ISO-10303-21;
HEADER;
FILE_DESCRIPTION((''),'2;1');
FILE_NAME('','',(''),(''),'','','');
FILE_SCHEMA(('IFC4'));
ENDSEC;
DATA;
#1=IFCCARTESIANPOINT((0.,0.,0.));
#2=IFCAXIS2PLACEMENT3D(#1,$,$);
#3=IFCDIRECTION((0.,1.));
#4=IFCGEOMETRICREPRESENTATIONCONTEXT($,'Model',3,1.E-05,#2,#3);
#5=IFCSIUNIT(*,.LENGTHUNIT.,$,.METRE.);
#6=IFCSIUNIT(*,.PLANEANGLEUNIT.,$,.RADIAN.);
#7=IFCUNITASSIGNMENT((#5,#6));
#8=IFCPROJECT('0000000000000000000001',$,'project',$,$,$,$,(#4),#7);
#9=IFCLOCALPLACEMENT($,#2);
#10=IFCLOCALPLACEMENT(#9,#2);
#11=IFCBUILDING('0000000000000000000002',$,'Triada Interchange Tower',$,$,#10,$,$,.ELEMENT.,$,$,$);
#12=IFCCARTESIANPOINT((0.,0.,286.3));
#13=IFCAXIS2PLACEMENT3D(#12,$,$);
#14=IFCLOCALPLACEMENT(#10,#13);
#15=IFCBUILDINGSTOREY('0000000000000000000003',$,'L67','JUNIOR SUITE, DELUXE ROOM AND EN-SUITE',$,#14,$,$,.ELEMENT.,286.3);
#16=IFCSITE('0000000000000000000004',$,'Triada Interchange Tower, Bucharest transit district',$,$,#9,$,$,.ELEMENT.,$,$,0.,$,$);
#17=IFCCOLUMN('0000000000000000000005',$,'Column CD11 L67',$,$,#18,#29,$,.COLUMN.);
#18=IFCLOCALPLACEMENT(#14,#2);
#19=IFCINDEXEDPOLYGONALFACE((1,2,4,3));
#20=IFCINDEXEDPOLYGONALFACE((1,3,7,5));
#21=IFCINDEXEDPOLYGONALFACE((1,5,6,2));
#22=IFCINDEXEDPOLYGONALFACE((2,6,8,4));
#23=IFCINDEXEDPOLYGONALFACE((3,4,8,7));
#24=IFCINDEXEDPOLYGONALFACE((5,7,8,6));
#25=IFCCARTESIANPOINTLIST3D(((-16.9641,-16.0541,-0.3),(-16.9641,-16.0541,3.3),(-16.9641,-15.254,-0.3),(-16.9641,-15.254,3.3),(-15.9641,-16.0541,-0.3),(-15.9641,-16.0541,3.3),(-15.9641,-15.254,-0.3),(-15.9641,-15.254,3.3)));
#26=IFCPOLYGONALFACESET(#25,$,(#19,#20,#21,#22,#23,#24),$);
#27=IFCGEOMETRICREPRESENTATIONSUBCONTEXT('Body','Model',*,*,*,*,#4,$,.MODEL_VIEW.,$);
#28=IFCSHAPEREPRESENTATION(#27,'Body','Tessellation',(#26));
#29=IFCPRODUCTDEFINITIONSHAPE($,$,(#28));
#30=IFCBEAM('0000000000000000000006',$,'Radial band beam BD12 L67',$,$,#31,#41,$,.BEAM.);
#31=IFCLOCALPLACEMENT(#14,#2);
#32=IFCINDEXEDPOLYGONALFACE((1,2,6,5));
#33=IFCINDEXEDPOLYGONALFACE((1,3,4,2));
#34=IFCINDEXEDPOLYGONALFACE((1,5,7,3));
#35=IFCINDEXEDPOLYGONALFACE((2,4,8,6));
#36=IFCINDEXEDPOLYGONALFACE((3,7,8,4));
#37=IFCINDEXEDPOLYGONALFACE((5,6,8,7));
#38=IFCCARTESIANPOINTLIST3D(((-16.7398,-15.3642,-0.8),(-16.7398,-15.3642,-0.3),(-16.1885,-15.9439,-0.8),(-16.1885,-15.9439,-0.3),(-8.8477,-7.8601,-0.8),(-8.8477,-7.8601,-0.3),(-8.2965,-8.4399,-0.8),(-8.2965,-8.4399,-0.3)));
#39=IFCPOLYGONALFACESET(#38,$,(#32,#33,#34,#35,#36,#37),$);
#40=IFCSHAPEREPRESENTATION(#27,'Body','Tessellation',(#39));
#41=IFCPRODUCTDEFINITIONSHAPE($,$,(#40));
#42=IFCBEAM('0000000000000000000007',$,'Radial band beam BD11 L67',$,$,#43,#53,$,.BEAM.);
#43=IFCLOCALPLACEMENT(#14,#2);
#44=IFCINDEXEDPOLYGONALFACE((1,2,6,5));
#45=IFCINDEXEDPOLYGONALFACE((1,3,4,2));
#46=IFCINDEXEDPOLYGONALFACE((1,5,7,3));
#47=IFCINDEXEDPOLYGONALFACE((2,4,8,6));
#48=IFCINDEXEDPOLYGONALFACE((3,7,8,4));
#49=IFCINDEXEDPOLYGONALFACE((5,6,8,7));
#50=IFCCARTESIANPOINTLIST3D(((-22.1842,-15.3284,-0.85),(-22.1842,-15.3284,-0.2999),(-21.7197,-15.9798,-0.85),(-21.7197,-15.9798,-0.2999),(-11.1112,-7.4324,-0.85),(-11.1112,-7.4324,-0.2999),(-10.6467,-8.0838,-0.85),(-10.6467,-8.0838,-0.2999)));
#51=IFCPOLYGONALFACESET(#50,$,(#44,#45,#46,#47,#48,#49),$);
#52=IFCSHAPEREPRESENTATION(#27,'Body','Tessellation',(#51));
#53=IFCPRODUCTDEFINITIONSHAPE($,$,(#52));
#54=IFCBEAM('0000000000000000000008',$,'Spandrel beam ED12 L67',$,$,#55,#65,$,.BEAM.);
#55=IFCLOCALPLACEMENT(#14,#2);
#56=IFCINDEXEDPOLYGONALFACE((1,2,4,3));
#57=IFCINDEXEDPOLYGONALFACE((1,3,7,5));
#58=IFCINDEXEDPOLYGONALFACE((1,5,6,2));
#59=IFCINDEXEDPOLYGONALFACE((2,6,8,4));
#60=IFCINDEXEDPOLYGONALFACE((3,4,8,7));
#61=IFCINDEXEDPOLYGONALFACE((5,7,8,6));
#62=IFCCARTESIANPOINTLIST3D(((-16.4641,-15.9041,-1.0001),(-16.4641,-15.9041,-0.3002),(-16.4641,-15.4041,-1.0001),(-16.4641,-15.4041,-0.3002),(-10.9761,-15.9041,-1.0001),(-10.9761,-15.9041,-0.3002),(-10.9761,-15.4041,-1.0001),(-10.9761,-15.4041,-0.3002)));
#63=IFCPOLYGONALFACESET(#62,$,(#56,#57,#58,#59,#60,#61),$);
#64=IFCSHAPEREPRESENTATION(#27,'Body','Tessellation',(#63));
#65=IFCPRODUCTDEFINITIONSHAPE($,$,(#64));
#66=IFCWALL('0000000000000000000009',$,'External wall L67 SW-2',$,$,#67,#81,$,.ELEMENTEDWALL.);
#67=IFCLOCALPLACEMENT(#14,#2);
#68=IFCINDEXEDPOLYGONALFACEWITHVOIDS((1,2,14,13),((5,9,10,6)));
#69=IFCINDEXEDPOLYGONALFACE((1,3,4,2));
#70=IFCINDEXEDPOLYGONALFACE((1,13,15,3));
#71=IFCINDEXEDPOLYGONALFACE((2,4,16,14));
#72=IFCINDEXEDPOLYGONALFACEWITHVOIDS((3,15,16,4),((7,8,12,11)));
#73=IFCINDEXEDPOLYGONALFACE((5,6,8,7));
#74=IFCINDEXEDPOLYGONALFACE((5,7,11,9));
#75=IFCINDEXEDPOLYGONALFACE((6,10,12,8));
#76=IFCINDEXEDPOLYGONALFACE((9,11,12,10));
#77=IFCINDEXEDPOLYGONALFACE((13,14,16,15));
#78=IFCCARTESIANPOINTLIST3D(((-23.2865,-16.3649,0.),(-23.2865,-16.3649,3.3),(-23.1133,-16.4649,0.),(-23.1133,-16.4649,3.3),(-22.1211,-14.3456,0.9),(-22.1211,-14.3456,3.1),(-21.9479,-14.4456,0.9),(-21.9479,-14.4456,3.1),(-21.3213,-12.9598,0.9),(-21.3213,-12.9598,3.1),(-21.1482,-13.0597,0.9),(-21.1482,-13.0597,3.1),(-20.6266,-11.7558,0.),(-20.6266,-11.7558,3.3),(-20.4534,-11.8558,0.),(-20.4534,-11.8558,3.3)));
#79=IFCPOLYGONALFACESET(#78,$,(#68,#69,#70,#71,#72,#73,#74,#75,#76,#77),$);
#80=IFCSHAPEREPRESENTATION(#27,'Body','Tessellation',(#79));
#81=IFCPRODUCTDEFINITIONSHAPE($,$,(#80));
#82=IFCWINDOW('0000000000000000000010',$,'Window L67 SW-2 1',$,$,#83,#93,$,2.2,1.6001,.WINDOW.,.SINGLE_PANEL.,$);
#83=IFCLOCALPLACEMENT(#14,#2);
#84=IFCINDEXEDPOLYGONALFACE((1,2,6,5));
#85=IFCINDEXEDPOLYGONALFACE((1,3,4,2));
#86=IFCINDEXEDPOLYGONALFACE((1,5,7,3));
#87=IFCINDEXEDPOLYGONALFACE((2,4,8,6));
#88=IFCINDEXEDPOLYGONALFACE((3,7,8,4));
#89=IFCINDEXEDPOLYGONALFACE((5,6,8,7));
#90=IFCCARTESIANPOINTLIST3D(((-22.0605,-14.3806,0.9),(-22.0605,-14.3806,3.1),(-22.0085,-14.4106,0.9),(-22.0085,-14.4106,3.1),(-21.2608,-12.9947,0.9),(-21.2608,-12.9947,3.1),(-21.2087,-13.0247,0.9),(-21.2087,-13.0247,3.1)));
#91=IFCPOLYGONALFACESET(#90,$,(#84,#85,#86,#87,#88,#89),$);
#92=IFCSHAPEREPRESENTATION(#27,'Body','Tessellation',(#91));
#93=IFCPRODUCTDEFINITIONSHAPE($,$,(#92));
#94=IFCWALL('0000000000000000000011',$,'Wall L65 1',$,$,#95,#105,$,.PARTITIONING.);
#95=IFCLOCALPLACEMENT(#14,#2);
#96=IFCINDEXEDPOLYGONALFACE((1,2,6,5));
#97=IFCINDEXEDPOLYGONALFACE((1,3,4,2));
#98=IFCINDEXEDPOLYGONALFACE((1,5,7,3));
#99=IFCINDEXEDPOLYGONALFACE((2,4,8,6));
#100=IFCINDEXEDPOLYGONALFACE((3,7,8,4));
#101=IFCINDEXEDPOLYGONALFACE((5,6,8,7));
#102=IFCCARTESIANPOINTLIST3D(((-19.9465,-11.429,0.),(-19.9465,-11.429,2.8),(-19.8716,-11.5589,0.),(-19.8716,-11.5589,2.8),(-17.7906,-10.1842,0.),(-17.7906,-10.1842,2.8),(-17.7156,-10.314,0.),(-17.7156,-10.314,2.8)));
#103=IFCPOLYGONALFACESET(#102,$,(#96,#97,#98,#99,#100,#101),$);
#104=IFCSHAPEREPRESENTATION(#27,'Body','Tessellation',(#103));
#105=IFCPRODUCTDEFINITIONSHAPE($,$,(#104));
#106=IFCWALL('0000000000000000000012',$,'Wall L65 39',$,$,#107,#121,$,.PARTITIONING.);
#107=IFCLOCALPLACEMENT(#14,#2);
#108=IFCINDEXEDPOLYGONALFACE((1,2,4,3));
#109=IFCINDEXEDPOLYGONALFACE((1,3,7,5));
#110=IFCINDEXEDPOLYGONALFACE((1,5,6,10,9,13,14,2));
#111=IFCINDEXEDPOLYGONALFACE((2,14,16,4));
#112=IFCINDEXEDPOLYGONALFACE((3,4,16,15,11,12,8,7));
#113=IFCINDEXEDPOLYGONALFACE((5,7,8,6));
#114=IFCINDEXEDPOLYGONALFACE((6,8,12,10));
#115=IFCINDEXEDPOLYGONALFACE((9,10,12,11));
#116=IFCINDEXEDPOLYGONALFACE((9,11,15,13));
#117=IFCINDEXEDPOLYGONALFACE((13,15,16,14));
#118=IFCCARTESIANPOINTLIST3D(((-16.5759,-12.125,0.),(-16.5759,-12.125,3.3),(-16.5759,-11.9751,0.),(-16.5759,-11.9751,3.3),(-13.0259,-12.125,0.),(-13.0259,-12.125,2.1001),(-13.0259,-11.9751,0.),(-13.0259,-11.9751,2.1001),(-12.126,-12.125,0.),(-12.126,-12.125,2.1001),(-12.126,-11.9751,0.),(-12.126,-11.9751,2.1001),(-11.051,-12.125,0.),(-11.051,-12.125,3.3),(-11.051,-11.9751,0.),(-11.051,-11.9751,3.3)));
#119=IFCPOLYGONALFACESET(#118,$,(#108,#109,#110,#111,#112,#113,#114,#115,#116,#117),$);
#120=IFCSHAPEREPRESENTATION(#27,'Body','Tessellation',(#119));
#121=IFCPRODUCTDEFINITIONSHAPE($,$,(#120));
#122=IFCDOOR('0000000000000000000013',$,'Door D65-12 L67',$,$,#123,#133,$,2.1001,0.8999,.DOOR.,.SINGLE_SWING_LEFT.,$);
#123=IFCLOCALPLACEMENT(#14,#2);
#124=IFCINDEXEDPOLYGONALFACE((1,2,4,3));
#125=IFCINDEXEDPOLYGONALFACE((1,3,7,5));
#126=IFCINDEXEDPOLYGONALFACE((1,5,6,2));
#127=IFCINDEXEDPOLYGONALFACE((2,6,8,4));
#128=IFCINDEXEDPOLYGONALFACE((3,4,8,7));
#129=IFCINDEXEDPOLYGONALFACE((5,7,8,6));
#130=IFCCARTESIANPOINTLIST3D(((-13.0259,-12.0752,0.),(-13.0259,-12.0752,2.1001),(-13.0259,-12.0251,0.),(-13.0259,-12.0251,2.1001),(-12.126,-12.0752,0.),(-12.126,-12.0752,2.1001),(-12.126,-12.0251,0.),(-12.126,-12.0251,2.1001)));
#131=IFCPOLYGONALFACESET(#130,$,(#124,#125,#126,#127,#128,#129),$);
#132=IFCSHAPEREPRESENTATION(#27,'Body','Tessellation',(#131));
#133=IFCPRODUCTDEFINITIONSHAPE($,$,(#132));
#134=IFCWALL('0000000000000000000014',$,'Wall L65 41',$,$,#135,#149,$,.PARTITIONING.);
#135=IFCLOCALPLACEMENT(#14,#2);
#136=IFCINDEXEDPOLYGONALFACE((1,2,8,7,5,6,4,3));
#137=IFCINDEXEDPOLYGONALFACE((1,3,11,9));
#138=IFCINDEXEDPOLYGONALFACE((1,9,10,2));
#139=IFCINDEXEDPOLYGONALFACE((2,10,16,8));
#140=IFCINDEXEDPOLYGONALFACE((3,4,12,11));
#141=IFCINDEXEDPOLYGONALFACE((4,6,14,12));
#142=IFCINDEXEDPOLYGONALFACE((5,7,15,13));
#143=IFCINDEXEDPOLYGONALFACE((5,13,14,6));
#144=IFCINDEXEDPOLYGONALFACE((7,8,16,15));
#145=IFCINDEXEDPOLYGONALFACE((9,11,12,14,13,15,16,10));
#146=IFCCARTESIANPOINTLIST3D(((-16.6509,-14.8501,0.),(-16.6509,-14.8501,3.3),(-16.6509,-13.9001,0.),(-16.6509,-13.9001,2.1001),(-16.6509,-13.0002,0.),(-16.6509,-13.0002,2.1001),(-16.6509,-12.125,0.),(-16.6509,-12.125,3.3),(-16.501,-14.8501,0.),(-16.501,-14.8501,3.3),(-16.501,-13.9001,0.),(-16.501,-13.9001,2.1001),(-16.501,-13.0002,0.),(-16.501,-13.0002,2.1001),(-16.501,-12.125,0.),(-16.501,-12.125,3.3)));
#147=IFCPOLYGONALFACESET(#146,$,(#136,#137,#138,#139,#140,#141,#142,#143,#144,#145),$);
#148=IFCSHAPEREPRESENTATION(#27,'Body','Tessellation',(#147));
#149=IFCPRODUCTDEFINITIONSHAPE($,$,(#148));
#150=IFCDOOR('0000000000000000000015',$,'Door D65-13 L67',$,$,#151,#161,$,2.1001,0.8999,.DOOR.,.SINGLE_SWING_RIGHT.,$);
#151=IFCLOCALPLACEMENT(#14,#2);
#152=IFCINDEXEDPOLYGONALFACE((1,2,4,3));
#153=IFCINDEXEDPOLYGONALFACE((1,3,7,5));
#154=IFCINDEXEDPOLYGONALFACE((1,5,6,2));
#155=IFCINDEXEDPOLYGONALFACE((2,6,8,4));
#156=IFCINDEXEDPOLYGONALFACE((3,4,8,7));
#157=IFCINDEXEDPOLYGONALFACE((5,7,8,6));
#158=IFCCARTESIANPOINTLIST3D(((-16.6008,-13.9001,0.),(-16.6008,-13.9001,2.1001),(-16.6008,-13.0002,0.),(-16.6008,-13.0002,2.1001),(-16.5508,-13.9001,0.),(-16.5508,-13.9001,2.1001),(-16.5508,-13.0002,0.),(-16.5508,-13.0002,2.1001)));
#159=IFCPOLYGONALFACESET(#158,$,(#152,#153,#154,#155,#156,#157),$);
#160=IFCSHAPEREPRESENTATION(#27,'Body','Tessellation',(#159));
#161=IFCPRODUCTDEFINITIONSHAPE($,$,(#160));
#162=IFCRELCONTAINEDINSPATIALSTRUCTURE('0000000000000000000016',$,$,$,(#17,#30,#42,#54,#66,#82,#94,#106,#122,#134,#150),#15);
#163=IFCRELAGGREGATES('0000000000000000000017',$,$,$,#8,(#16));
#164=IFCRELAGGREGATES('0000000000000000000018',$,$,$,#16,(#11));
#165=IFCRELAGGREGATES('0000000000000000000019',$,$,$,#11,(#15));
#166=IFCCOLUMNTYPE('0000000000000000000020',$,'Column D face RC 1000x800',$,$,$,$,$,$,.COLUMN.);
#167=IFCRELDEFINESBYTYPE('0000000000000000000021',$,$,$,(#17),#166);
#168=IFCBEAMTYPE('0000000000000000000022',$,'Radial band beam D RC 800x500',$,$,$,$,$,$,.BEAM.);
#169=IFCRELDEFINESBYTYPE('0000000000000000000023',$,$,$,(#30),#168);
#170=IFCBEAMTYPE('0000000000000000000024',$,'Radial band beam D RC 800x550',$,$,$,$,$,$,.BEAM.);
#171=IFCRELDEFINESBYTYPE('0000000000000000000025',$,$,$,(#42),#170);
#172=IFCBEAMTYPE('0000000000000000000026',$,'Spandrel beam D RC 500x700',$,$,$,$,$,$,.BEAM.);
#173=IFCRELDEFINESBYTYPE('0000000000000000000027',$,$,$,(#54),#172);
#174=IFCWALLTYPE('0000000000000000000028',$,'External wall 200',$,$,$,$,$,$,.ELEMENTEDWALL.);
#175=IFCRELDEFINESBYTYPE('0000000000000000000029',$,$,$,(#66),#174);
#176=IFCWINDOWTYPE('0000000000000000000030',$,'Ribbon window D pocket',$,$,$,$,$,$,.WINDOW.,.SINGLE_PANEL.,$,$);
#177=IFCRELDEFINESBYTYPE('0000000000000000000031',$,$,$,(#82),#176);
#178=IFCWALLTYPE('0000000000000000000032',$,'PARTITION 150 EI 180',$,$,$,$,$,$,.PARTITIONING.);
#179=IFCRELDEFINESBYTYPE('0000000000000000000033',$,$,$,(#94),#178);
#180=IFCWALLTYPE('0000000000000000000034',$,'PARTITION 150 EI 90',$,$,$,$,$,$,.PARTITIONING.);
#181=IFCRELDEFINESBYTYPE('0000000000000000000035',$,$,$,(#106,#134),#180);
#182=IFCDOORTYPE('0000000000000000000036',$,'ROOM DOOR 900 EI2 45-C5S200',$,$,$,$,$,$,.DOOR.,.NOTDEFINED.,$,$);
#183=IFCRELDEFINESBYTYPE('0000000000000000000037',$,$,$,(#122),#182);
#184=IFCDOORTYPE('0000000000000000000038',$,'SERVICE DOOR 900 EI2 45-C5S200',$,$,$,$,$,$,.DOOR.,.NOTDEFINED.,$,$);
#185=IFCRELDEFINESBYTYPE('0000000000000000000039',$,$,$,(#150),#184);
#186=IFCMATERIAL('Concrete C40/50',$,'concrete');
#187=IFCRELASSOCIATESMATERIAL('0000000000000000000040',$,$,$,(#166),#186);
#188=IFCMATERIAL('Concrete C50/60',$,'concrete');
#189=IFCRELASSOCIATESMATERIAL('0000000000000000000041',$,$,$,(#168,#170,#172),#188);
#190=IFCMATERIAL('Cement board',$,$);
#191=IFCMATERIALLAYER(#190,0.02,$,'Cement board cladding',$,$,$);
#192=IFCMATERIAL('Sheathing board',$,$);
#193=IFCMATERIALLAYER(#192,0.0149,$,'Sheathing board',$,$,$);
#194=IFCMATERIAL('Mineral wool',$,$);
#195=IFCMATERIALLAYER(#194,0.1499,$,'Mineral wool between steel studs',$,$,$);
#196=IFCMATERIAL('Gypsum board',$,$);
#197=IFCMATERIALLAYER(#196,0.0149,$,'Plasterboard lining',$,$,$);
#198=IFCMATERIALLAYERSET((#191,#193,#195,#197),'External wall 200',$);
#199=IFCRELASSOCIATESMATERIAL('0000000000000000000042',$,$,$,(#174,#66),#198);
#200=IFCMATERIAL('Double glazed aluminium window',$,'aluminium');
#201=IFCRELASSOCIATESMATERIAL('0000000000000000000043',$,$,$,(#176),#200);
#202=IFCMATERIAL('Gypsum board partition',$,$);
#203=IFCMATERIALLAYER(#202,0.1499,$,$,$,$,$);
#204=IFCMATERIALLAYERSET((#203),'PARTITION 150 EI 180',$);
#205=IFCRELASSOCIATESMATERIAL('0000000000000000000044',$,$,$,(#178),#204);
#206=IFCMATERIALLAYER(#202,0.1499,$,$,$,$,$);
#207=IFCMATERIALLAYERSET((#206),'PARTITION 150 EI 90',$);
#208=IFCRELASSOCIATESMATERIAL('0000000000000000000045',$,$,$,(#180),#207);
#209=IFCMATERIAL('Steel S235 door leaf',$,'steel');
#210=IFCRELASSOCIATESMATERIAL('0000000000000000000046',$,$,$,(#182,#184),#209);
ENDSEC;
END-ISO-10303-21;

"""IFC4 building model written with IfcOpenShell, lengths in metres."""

from ifc_helpers import new_model, si_unit, direction, frame, frame_2d, origin, origin_2d, place, context, subcontext, project, spatial, rectangle, extrude, material, layer, layer_set, layer_usage, material_profile, profile_set, type_object, element, fill, save


model = new_model("IFC4")

# Units and contexts
model_context = context("Model", 3, precision=1e-05, world=origin(), true_north=direction((0.0, 1.0)))
body_context = subcontext(model_context, "Body", "Model", "MODEL_VIEW")
ifc_project = project(units=[si_unit("LENGTHUNIT", "METRE"), si_unit("PLANEANGLEUNIT", "RADIAN")], contexts=[model_context])

# Site, building, storey
site_placement = place(None, origin())
site = spatial("IfcSite", under=ifc_project, at=site_placement, Name="Triada Interchange Tower, Bucharest transit district", CompositionType="ELEMENT", RefElevation=0.0)
building_placement = place(site_placement, origin())
building = spatial("IfcBuilding", under=site, at=building_placement, Name="Triada Interchange Tower", CompositionType="ELEMENT")
storey_placement = place(building_placement, frame((0.0, 0.0, 286.3)))
storey = spatial("IfcBuildingStorey", under=building, at=storey_placement, Name="L67", Description="JUNIOR SUITE, DELUXE ROOM AND EN-SUITE", CompositionType="ELEMENT", Elevation=286.3)

# Column
ifc_material_1 = material(Name="Concrete C40/50", Category="concrete")
ifc_material_profile_1 = material_profile(ifc_material_1, rectangle(XDim=1.0, YDim=0.8, at=origin_2d()), Name="RC 1000x800")
ifc_profile_set_1 = profile_set([ifc_material_profile_1], Name="Concrete C40/50")
column_type = type_object("IfcColumnType", Name="Column D face RC 1000x800", PredefinedType="COLUMN", material=ifc_profile_set_1)
column_placement = place(storey_placement, frame((-16.4641, -15.6541, -0.3), z_axis=(0.0, 0.0, 1.0), x_axis=(1.0, 0.0, 0.0)))
element("IfcColumn", 1, at=column_placement, inside=storey, type_object=column_type, Name="Column CD11 L67", PredefinedType="COLUMN", context=body_context, shape_type="SweptSolid", body=[
    extrude(rectangle(XDim=1.0, YDim=0.8, at=origin_2d()), origin(), (0.0, 0.0, 1.0), 3.6001),
])

# Beams
ifc_material_2 = material(Name="Concrete C50/60", Category="concrete")
ifc_material_profile_2 = material_profile(ifc_material_2, rectangle(XDim=0.8, YDim=0.5, at=origin_2d()), Name="RC 800x500")
ifc_profile_set_2 = profile_set([ifc_material_profile_2], Name="Concrete C50/60")
beam_type_1 = type_object("IfcBeamType", Name="Radial band beam D RC 800x500", PredefinedType="BEAM", material=ifc_profile_set_2)
beam_1_placement = place(storey_placement, frame((-16.4641, -15.6541, -0.55), z_axis=(0.724694, 0.689071, 0.0), x_axis=(-0.689071, 0.724694, 0.0)))
element("IfcBeam", 2, at=beam_1_placement, inside=storey, type_object=beam_type_1, Name="Radial band beam BD12 L67", PredefinedType="BEAM", context=body_context, shape_type="SweptSolid", body=[
    extrude(rectangle(XDim=0.8, YDim=0.5, at=origin_2d()), origin(), (0.0, 0.0, 1.0), 10.8901),
])
ifc_material_profile_3 = material_profile(ifc_material_2, rectangle(XDim=0.8, YDim=0.55, at=origin_2d()), Name="RC 800x550")
ifc_profile_set_3 = profile_set([ifc_material_profile_3], Name="Concrete C50/60")
beam_type_2 = type_object("IfcBeamType", Name="Radial band beam D RC 800x550", PredefinedType="BEAM", material=ifc_profile_set_3)
beam_2_placement = place(storey_placement, frame((-21.9519, -15.6541, -0.575), z_axis=(0.814195, 0.580591, 0.0), x_axis=(-0.580591, 0.814195, 0.0)))
element("IfcBeam", 3, at=beam_2_placement, inside=storey, type_object=beam_type_2, Name="Radial band beam BD11 L67", PredefinedType="BEAM", context=body_context, shape_type="SweptSolid", body=[
    extrude(rectangle(XDim=0.8, YDim=0.55, at=origin_2d()), origin(), (0.0, 0.0, 1.0), 13.5999),
])
ifc_material_profile_4 = material_profile(ifc_material_2, rectangle(XDim=0.5, YDim=0.7, at=origin_2d()), Name="RC 500x700")
ifc_profile_set_4 = profile_set([ifc_material_profile_4], Name="Concrete C50/60")
beam_type_3 = type_object("IfcBeamType", Name="Spandrel beam D RC 500x700", PredefinedType="BEAM", material=ifc_profile_set_4)
beam_3_placement = place(storey_placement, frame((-16.4641, -15.6541, -0.6501), z_axis=(1.0, 0.0, 0.0), x_axis=(0.0, 1.0, 0.0)))
element("IfcBeam", 4, at=beam_3_placement, inside=storey, type_object=beam_type_3, Name="Spandrel beam ED12 L67", PredefinedType="BEAM", context=body_context, shape_type="SweptSolid", body=[
    extrude(rectangle(XDim=0.5, YDim=0.7, at=origin_2d()), origin(), (0.0, 0.0, 1.0), 5.488),
])

# Wall, opening, window
ifc_material_3 = material(Name="Cement board")
ifc_layer_1 = layer(ifc_material_3, 0.02, Name="Cement board cladding")
ifc_material_4 = material(Name="Sheathing board")
ifc_layer_2 = layer(ifc_material_4, 0.0149, Name="Sheathing board")
ifc_material_5 = material(Name="Mineral wool")
ifc_layer_3 = layer(ifc_material_5, 0.1499, Name="Mineral wool between steel studs")
ifc_material_6 = material(Name="Gypsum board")
ifc_layer_4 = layer(ifc_material_6, 0.0149, Name="Plasterboard lining")
ifc_layer_set_1 = layer_set([ifc_layer_1, ifc_layer_2, ifc_layer_3, ifc_layer_4], Name="External wall 200")
ifc_layer_usage = layer_usage(ifc_layer_set_1, "AXIS2", "POSITIVE", -0.1001)
wall_type_1 = type_object("IfcWallType", Name="External wall 200", PredefinedType="ELEMENTEDWALL", material=ifc_layer_set_1)
wall_1_placement = place(storey_placement, frame((-20.54, -11.8059, 0.0), z_axis=(0.0, 0.0, 1.0), x_axis=(-0.499835, -0.866121, 0.0)))
wall_1 = element("IfcWall", 5, at=wall_1_placement, inside=storey, type_object=wall_type_1, material=ifc_layer_usage, Name="External wall L67 SW-2", PredefinedType="ELEMENTEDWALL", context=body_context, shape_type="SweptSolid", body=[
    extrude(rectangle(XDim=5.3215, YDim=0.2, at=frame_2d((2.6606, 0.0))), origin(), (0.0, 0.0, 1.0), 3.3),
])
opening_1_placement = place(wall_1_placement, frame((1.3899, 0.0, 0.8999)))
opening_1 = element("IfcOpeningElement", 6, at=opening_1_placement, cuts=wall_1, PredefinedType="OPENING", context=body_context, shape_type="SweptSolid", body=[
    extrude(rectangle(XDim=1.6001, YDim=2.2, at=frame_2d((0.8, 1.1001))), frame((0.0, 0.1099, 0.0), z_axis=(0.0, -1.0, 0.0), x_axis=(1.0, 0.0, 0.0)), (0.0, 0.0, 1.0), 0.22),
])
ifc_material_7 = material(Name="Double glazed aluminium window", Category="aluminium")
window_type = type_object("IfcWindowType", Name="Ribbon window D pocket", PartitioningType="SINGLE_PANEL", PredefinedType="WINDOW", material=ifc_material_7)
window_placement = place(opening_1_placement, origin())
window = element("IfcWindow", 7, at=window_placement, inside=storey, type_object=window_type, Name="Window L67 SW-2 1", OverallHeight=2.2, OverallWidth=1.6001, PartitioningType="SINGLE_PANEL", PredefinedType="WINDOW", context=body_context, shape_type="SweptSolid", body=[
    extrude(rectangle(XDim=1.6001, YDim=2.2, at=frame_2d((0.8, 1.1001))), frame((0.0, 0.03, 0.0), z_axis=(0.0, -1.0, 0.0), x_axis=(1.0, 0.0, 0.0)), (0.0, 0.0, 1.0), 0.0601),
])
fill(opening_1, window)

# Wall
ifc_material_8 = material(Name="Gypsum board partition")
ifc_layer_5 = layer(ifc_material_8, 0.1499)
ifc_layer_set_2 = layer_set([ifc_layer_5], Name="PARTITION 150 EI 180")
wall_type_2 = type_object("IfcWallType", Name="PARTITION 150 EI 180", PredefinedType="PARTITIONING", material=ifc_layer_set_2)
wall_2_placement = place(storey_placement, frame((-19.9089, -11.4939, 0.0), z_axis=(0.0, 0.0, 1.0), x_axis=(0.866008, 0.500031, 0.0)))
element("IfcWall", 8, at=wall_2_placement, inside=storey, type_object=wall_type_2, Name="Wall L65 1", PredefinedType="PARTITIONING", context=body_context, shape_type="SweptSolid", body=[
    extrude(rectangle(XDim=2.4895, YDim=0.1499, at=frame_2d((1.2446, 0.0))), origin(), (0.0, 0.0, 1.0), 2.8),
])

# Walls, openings, doors
ifc_layer_6 = layer(ifc_material_8, 0.1499)
ifc_layer_set_3 = layer_set([ifc_layer_6], Name="PARTITION 150 EI 90")
wall_type_3 = type_object("IfcWallType", Name="PARTITION 150 EI 90", PredefinedType="PARTITIONING", material=ifc_layer_set_3)
wall_3_placement = place(storey_placement, frame((-16.5759, -12.05, 0.0), z_axis=(0.0, 0.0, 1.0), x_axis=(1.0, 0.0, 0.0)))
wall_3 = element("IfcWall", 9, at=wall_3_placement, inside=storey, type_object=wall_type_3, Name="Wall L65 39", PredefinedType="PARTITIONING", context=body_context, shape_type="SweptSolid", body=[
    extrude(rectangle(XDim=5.5249, YDim=0.1499, at=frame_2d((2.7625, 0.0))), origin(), (0.0, 0.0, 1.0), 3.3),
])
opening_2_placement = place(wall_3_placement, frame((3.55, 0.0, 0.0)))
opening_2 = element("IfcOpeningElement", 10, at=opening_2_placement, cuts=wall_3, PredefinedType="OPENING", context=body_context, shape_type="SweptSolid", body=[
    extrude(rectangle(XDim=0.8999, YDim=2.1001, at=frame_2d((0.45, 1.05))), frame((0.0, 0.085, 0.0), z_axis=(0.0, -1.0, 0.0), x_axis=(1.0, 0.0, 0.0)), (0.0, 0.0, 1.0), 0.1699),
])
ifc_material_9 = material(Name="Steel S235 door leaf", Category="steel")
door_type_1 = type_object("IfcDoorType", Name="ROOM DOOR 900 EI2 45-C5S200", OperationType="NOTDEFINED", PredefinedType="DOOR", material=ifc_material_9)
door_1_placement = place(opening_2_placement, origin())
door_1 = element("IfcDoor", 11, at=door_1_placement, inside=storey, type_object=door_type_1, Name="Door D65-12 L67", OperationType="SINGLE_SWING_LEFT", OverallHeight=2.1001, OverallWidth=0.8999, PredefinedType="DOOR", context=body_context, shape_type="SweptSolid", body=[
    extrude(rectangle(XDim=0.8999, YDim=2.1001, at=frame_2d((0.45, 1.05))), frame((0.0, 0.0249, 0.0), z_axis=(0.0, -1.0, 0.0), x_axis=(1.0, 0.0, 0.0)), (0.0, 0.0, 1.0), 0.05),
])
fill(opening_2, door_1)
wall_4_placement = place(storey_placement, frame((-16.5759, -14.8501, 0.0), z_axis=(0.0, 0.0, 1.0), x_axis=(0.0, 1.0, 0.0)))
wall_4 = element("IfcWall", 12, at=wall_4_placement, inside=storey, type_object=wall_type_3, Name="Wall L65 41", PredefinedType="PARTITIONING", context=body_context, shape_type="SweptSolid", body=[
    extrude(rectangle(XDim=2.7251, YDim=0.1499, at=frame_2d((1.3625, 0.0))), origin(), (0.0, 0.0, 1.0), 3.3),
])
opening_3_placement = place(wall_4_placement, frame((0.95, 0.0, 0.0)))
opening_3 = element("IfcOpeningElement", 13, at=opening_3_placement, cuts=wall_4, PredefinedType="OPENING", context=body_context, shape_type="SweptSolid", body=[
    extrude(rectangle(XDim=0.8999, YDim=2.1001, at=frame_2d((0.45, 1.05))), frame((0.0, 0.085, 0.0), z_axis=(0.0, -1.0, 0.0), x_axis=(1.0, 0.0, 0.0)), (0.0, 0.0, 1.0), 0.1699),
])
door_type_2 = type_object("IfcDoorType", Name="SERVICE DOOR 900 EI2 45-C5S200", OperationType="NOTDEFINED", PredefinedType="DOOR", material=ifc_material_9)
door_2_placement = place(opening_3_placement, origin())
door_2 = element("IfcDoor", 14, at=door_2_placement, inside=storey, type_object=door_type_2, Name="Door D65-13 L67", OperationType="SINGLE_SWING_RIGHT", OverallHeight=2.1001, OverallWidth=0.8999, PredefinedType="DOOR", context=body_context, shape_type="SweptSolid", body=[
    extrude(rectangle(XDim=0.8999, YDim=2.1001, at=frame_2d((0.45, 1.05))), frame((0.0, 0.0249, 0.0), z_axis=(0.0, -1.0, 0.0), x_axis=(1.0, 0.0, 0.0)), (0.0, 0.0, 1.0), 0.05),
])
fill(opening_3, door_2)

save(model, "model.ifc")
